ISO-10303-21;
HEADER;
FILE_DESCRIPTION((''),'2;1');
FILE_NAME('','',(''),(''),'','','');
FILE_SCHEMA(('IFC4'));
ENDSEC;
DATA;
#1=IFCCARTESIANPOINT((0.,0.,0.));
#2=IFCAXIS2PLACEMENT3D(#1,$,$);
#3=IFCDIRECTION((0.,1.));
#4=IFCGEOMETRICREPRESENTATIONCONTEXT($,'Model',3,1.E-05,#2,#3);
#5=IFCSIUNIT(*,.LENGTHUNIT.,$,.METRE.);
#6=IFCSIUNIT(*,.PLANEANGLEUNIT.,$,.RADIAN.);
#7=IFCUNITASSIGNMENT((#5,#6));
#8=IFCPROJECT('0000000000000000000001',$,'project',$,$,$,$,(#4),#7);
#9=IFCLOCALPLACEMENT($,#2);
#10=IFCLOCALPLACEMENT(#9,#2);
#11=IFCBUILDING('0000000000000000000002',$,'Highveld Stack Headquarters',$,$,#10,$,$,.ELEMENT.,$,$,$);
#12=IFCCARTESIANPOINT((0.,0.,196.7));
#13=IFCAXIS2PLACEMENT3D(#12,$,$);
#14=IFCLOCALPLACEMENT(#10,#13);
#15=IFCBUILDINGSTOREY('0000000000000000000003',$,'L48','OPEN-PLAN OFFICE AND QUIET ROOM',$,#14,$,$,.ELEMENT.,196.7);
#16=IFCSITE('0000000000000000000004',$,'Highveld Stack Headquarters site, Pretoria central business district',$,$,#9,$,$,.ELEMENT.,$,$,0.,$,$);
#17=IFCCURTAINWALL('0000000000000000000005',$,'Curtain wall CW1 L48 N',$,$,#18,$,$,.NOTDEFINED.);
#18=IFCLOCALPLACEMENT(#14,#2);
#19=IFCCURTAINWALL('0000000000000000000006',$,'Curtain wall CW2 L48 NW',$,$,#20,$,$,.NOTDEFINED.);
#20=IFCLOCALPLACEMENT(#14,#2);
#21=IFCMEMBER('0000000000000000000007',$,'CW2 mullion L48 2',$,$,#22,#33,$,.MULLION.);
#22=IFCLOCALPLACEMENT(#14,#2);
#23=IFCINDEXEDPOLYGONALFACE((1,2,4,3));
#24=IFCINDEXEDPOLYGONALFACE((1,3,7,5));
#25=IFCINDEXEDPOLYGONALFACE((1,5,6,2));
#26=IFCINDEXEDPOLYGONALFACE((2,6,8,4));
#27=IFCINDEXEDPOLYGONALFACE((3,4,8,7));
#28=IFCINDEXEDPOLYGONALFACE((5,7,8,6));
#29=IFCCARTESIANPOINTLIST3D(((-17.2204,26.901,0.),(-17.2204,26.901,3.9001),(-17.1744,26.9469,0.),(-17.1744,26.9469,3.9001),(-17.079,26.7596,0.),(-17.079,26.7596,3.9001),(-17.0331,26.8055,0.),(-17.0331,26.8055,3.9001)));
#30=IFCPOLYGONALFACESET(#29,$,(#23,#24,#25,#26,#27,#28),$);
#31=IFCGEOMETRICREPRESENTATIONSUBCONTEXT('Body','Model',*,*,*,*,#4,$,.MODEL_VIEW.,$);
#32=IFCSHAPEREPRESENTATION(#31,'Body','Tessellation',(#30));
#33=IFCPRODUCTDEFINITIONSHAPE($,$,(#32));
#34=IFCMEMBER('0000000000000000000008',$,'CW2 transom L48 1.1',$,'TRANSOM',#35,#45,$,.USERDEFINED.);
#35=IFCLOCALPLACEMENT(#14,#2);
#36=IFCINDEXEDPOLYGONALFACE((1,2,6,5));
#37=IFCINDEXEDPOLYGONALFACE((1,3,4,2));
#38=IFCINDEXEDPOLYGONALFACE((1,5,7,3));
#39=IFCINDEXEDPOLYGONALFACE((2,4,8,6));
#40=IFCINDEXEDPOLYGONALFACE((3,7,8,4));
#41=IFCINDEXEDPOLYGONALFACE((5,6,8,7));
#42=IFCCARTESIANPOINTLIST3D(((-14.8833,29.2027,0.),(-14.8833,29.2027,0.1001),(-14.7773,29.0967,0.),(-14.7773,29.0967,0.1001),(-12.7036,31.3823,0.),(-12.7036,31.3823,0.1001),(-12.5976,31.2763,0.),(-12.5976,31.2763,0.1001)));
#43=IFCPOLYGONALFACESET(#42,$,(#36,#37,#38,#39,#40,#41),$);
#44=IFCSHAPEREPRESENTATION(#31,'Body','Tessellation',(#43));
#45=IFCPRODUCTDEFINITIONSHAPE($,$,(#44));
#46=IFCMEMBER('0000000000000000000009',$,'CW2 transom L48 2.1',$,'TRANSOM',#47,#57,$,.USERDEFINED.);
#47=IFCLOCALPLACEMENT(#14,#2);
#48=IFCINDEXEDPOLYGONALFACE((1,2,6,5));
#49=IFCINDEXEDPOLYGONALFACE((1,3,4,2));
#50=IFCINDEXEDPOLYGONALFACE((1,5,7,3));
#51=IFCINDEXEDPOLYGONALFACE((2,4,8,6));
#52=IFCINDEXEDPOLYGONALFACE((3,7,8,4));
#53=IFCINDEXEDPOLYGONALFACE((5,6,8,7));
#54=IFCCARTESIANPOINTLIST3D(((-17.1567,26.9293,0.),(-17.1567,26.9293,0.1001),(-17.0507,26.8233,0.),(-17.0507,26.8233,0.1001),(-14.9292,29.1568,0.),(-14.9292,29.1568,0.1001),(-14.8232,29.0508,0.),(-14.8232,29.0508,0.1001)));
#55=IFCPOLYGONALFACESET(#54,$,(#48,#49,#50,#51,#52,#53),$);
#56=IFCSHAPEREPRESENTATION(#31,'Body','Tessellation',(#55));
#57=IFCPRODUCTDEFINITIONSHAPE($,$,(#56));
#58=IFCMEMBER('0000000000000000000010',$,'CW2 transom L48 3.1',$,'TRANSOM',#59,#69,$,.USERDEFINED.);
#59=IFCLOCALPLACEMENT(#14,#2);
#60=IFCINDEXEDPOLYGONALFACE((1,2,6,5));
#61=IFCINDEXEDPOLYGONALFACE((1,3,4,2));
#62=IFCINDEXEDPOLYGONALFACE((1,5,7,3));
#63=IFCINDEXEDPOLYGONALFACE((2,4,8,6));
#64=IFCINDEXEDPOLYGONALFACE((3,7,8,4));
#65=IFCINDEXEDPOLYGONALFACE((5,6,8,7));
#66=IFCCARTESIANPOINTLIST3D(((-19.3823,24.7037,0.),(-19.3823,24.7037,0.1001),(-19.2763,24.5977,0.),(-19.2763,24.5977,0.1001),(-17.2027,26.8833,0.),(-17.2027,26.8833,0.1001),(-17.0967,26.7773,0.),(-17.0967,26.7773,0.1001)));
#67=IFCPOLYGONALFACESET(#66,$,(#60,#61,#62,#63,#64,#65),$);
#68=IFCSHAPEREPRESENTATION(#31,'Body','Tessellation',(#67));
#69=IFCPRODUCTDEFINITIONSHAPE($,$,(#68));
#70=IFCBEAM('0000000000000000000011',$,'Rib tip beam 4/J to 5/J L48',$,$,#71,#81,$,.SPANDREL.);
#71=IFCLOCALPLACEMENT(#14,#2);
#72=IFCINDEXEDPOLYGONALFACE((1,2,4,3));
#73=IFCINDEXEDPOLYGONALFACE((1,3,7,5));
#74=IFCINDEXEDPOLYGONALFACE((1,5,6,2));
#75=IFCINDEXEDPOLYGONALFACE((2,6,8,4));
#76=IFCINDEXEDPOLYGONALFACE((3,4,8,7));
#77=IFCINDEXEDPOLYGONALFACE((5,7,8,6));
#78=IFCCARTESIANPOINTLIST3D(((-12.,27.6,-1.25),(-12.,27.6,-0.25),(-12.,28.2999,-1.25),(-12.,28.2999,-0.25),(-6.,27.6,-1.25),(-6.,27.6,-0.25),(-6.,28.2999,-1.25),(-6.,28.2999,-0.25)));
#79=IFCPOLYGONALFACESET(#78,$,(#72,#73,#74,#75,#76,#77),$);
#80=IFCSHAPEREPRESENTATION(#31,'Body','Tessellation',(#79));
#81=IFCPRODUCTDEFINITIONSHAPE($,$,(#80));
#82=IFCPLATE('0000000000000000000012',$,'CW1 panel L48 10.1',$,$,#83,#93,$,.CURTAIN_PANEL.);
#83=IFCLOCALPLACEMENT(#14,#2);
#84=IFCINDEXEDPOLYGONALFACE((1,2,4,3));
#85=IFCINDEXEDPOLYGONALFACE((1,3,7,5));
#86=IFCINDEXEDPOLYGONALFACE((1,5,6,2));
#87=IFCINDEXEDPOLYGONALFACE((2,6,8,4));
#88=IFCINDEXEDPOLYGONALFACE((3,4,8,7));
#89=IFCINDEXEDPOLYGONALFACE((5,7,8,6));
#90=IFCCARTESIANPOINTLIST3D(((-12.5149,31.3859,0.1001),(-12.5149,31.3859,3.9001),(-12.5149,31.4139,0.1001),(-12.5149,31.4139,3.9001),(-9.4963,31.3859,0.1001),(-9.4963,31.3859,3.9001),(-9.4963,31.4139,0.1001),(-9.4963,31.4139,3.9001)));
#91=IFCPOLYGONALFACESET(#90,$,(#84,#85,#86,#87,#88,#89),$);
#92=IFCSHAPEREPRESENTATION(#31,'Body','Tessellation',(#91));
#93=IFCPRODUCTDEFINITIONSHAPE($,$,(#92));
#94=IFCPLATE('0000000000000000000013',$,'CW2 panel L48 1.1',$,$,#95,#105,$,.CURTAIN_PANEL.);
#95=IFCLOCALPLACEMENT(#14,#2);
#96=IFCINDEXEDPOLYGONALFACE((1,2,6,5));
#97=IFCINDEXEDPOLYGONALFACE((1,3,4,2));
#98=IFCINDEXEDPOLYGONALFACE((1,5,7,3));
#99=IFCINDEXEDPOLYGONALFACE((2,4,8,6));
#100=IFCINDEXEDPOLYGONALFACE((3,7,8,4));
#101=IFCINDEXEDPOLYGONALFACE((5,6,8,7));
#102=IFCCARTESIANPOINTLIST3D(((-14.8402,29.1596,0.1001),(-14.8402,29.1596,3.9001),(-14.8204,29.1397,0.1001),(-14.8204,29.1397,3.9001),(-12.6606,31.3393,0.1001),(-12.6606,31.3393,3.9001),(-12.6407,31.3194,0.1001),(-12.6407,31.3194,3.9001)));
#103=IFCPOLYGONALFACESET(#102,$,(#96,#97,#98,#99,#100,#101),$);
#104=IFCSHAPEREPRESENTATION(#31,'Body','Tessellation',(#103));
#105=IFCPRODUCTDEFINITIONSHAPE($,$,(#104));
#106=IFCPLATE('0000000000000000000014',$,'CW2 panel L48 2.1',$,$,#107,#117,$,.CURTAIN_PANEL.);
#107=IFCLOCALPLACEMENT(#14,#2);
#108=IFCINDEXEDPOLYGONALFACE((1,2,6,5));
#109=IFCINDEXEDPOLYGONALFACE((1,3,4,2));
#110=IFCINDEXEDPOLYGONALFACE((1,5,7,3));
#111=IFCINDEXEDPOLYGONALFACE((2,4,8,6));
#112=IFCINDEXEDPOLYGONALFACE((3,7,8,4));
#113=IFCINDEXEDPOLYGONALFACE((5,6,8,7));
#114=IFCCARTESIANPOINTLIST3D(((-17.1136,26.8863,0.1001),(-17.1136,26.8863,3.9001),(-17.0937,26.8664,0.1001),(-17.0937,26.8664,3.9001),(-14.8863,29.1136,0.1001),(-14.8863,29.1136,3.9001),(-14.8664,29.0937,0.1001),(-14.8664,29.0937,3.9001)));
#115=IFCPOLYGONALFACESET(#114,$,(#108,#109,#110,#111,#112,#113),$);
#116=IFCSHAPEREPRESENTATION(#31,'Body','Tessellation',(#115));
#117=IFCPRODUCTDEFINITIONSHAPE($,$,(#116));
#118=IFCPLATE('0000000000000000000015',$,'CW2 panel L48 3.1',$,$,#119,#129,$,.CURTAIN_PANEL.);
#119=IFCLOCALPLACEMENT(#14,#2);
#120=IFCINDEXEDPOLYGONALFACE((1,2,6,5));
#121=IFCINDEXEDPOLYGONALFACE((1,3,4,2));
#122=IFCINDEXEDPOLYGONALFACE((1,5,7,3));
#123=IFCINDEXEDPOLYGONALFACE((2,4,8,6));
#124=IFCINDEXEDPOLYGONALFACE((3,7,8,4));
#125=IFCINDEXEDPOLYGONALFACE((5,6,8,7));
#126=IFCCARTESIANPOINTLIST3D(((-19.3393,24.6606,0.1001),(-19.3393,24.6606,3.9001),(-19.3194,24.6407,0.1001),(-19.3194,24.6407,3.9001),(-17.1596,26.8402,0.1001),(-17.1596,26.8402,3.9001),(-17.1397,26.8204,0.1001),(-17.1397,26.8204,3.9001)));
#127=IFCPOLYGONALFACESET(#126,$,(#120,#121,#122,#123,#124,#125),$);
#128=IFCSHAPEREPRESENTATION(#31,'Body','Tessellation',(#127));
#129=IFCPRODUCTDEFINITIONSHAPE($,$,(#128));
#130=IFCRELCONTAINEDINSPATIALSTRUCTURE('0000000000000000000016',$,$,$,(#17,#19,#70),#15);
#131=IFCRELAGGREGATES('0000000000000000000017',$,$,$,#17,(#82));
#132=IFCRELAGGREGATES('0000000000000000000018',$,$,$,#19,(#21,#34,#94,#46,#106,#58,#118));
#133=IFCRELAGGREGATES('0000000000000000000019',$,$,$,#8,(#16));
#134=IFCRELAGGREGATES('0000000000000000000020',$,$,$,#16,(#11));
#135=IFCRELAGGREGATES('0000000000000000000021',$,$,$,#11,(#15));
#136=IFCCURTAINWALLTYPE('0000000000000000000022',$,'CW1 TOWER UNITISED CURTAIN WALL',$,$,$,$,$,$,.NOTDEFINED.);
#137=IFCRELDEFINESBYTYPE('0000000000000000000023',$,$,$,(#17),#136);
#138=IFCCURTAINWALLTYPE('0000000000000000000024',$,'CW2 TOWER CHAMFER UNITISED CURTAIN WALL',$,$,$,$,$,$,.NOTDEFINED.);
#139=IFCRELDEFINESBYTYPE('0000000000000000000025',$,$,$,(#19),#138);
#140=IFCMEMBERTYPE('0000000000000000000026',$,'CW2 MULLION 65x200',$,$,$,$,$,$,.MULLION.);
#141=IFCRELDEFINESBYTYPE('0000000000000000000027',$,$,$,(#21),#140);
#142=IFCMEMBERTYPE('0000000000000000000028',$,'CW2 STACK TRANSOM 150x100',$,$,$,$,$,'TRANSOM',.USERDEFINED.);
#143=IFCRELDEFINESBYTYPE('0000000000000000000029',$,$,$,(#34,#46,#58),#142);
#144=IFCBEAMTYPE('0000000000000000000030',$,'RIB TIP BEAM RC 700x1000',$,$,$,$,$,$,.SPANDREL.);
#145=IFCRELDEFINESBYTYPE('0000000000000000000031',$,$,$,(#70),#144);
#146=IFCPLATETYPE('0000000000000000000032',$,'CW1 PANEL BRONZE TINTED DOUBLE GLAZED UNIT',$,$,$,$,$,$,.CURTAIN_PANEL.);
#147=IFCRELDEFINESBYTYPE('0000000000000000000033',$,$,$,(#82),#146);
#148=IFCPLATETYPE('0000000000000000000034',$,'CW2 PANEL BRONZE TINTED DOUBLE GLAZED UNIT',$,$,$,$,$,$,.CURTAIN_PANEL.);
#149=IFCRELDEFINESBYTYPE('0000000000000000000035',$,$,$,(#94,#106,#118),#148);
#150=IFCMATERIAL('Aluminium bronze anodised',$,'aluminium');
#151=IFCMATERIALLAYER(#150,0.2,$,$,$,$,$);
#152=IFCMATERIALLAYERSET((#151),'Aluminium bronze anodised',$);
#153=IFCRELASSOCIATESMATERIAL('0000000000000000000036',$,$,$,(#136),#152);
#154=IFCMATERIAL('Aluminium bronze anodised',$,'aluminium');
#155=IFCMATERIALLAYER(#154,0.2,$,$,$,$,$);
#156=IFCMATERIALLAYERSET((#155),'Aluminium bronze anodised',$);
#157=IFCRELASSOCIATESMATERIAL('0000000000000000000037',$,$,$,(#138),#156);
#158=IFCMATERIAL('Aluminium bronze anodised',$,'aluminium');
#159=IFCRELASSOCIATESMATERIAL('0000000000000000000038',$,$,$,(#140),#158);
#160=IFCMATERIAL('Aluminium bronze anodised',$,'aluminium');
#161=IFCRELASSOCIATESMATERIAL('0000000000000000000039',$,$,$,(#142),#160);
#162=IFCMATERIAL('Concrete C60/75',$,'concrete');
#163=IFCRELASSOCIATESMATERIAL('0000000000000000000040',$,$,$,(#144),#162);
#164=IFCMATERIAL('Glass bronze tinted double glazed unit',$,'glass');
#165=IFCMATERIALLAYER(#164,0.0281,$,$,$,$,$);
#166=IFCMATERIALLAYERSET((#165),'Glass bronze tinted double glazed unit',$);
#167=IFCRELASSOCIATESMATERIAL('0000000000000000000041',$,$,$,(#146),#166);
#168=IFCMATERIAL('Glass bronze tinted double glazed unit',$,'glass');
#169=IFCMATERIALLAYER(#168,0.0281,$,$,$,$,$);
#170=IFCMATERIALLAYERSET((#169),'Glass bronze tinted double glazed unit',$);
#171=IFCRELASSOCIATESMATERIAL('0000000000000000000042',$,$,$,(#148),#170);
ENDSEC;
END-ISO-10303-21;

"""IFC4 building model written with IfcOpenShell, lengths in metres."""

from ifc_helpers import new_model, si_unit, direction, frame, origin, origin_2d, place, context, subcontext, project, spatial, rectangle, extrude, material, layer, layer_set, material_profile, profile_set, type_object, element, aggregate, save


model = new_model("IFC4")

# Units and contexts
model_context = context("Model", 3, precision=1e-05, world=origin(), true_north=direction((0.0, 1.0)))
body_context = subcontext(model_context, "Body", "Model", "MODEL_VIEW")
ifc_project = project(units=[si_unit("LENGTHUNIT", "METRE"), si_unit("PLANEANGLEUNIT", "RADIAN")], contexts=[model_context])

# Site, building, storey
site_placement = place(None, origin())
site = spatial("IfcSite", under=ifc_project, at=site_placement, Name="Highveld Stack Headquarters site, Pretoria central business district", CompositionType="ELEMENT", RefElevation=0.0)
building_placement = place(site_placement, origin())
building = spatial("IfcBuilding", under=site, at=building_placement, Name="Highveld Stack Headquarters", CompositionType="ELEMENT")
storey_placement = place(building_placement, frame((0.0, 0.0, 196.7)))
storey = spatial("IfcBuildingStorey", under=building, at=storey_placement, Name="L48", Description="OPEN-PLAN OFFICE AND QUIET ROOM", CompositionType="ELEMENT", Elevation=196.7)

# Curtain wall
ifc_material_1 = material(Name="Aluminium bronze anodised", Category="aluminium")
ifc_layer_1 = layer(ifc_material_1, 0.2)
ifc_layer_set_1 = layer_set([ifc_layer_1], Name="Aluminium bronze anodised")
curtain_wall_type_1 = type_object("IfcCurtainWallType", Name="CW1 TOWER UNITISED CURTAIN WALL", PredefinedType="NOTDEFINED", material=ifc_layer_set_1)
curtain_wall_1_placement = place(storey_placement, origin())
curtain_wall_1 = element("IfcCurtainWall", 1, at=curtain_wall_1_placement, inside=storey, type_object=curtain_wall_type_1, Name="Curtain wall CW1 L48 N", PredefinedType="NOTDEFINED")

# Curtain wall, members
ifc_material_2 = material(Name="Aluminium bronze anodised", Category="aluminium")
ifc_layer_2 = layer(ifc_material_2, 0.2)
ifc_layer_set_2 = layer_set([ifc_layer_2], Name="Aluminium bronze anodised")
curtain_wall_type_2 = type_object("IfcCurtainWallType", Name="CW2 TOWER CHAMFER UNITISED CURTAIN WALL", PredefinedType="NOTDEFINED", material=ifc_layer_set_2)
curtain_wall_2_placement = place(storey_placement, origin())
curtain_wall_2 = element("IfcCurtainWall", 2, at=curtain_wall_2_placement, inside=storey, type_object=curtain_wall_type_2, Name="Curtain wall CW2 L48 NW", PredefinedType="NOTDEFINED")
ifc_material_3 = material(Name="Aluminium bronze anodised", Category="aluminium")
ifc_material_profile_1 = material_profile(ifc_material_3, rectangle(XDim=0.2, YDim=0.0649, at=origin_2d()), Name="CW2 MULLION 65x200")
ifc_profile_set_1 = profile_set([ifc_material_profile_1], Name="Aluminium bronze anodised")
member_type_1 = type_object("IfcMemberType", Name="CW2 MULLION 65x200", PredefinedType="MULLION", material=ifc_profile_set_1)
member_1_placement = place(storey_placement, frame((-17.1267, 26.8533, 0.0), z_axis=(0.0, 0.0, 1.0), x_axis=(0.707107, -0.707107, 0.0)))
member_1 = element("IfcMember", 3, at=member_1_placement, type_object=member_type_1, Name="CW2 mullion L48 2", PredefinedType="MULLION", context=body_context, shape_type="SweptSolid", body=[
    extrude(rectangle(XDim=0.2, YDim=0.0649, at=origin_2d()), origin(), (0.0, 0.0, 1.0), 3.9001),
])
ifc_material_4 = material(Name="Aluminium bronze anodised", Category="aluminium")
ifc_material_profile_2 = material_profile(ifc_material_4, rectangle(XDim=0.1499, YDim=0.1001, at=origin_2d()), Name="CW2 TRANSOM 150x100")
ifc_profile_set_2 = profile_set([ifc_material_profile_2], Name="Aluminium bronze anodised")
member_type_2 = type_object("IfcMemberType", Name="CW2 STACK TRANSOM 150x100", ElementType="TRANSOM", PredefinedType="USERDEFINED", material=ifc_profile_set_2)
member_2_placement = place(storey_placement, frame((-12.6506, 31.3293, 0.05), z_axis=(-0.707107, -0.707107, 0.0), x_axis=(0.707107, -0.707107, 0.0)))
member_2 = element("IfcMember", 4, at=member_2_placement, type_object=member_type_2, Name="CW2 transom L48 1.1", ObjectType="TRANSOM", PredefinedType="USERDEFINED", context=body_context, shape_type="SweptSolid", body=[
    extrude(rectangle(XDim=0.1499, YDim=0.1001, at=origin_2d()), origin(), (0.0, 0.0, 1.0), 3.0825),
])
member_3_placement = place(storey_placement, frame((-14.8762, 29.1038, 0.05), z_axis=(-0.707107, -0.707107, 0.0), x_axis=(0.707107, -0.707107, 0.0)))
member_3 = element("IfcMember", 5, at=member_3_placement, type_object=member_type_2, Name="CW2 transom L48 2.1", ObjectType="TRANSOM", PredefinedType="USERDEFINED", context=body_context, shape_type="SweptSolid", body=[
    extrude(rectangle(XDim=0.1499, YDim=0.1001, at=origin_2d()), origin(), (0.0, 0.0, 1.0), 3.1501),
])
member_4_placement = place(storey_placement, frame((-17.1497, 26.8303, 0.05), z_axis=(-0.707107, -0.707107, 0.0), x_axis=(0.707107, -0.707107, 0.0)))
member_4 = element("IfcMember", 6, at=member_4_placement, type_object=member_type_2, Name="CW2 transom L48 3.1", ObjectType="TRANSOM", PredefinedType="USERDEFINED", context=body_context, shape_type="SweptSolid", body=[
    extrude(rectangle(XDim=0.1499, YDim=0.1001, at=origin_2d()), origin(), (0.0, 0.0, 1.0), 3.0825),
])

# Beam
ifc_material_5 = material(Name="Concrete C60/75", Category="concrete")
ifc_material_profile_3 = material_profile(ifc_material_5, rectangle(XDim=0.7, YDim=1.0, at=origin_2d()), Name="RC 700x1000")
ifc_profile_set_3 = profile_set([ifc_material_profile_3], Name="Concrete C60/75")
beam_type_1 = type_object("IfcBeamType", Name="RIB TIP BEAM RC 700x1000", PredefinedType="SPANDREL", material=ifc_profile_set_3)
beam_1_placement = place(storey_placement, frame((-12.0, 27.95, -0.75), z_axis=(1.0, 0.0, 0.0), x_axis=(0.0, 1.0, 0.0)))
element("IfcBeam", 7, at=beam_1_placement, inside=storey, type_object=beam_type_1, Name="Rib tip beam 4/J to 5/J L48", PredefinedType="SPANDREL", context=body_context, shape_type="SweptSolid", body=[
    extrude(rectangle(XDim=0.7, YDim=1.0, at=origin_2d()), origin(), (0.0, 0.0, 1.0), 6.0),
])

# Plates
ifc_material_6 = material(Name="Glass bronze tinted double glazed unit", Category="glass")
ifc_layer_3 = layer(ifc_material_6, 0.0281)
ifc_layer_set_3 = layer_set([ifc_layer_3], Name="Glass bronze tinted double glazed unit")
plate_type_1 = type_object("IfcPlateType", Name="CW1 PANEL BRONZE TINTED DOUBLE GLAZED UNIT", PredefinedType="CURTAIN_PANEL", material=ifc_layer_set_3)
plate_1_placement = place(storey_placement, frame((-11.0056, 31.3999, 0.1001), z_axis=(0.0, 0.0, 1.0), x_axis=(-1.0, 0.0, 0.0)))
plate_1 = element("IfcPlate", 8, at=plate_1_placement, type_object=plate_type_1, Name="CW1 panel L48 10.1", PredefinedType="CURTAIN_PANEL", context=body_context, shape_type="SweptSolid", body=[
    extrude(rectangle(XDim=3.0186, YDim=0.0281, at=origin_2d()), origin(), (0.0, 0.0, 1.0), 3.8),
])
aggregate(curtain_wall_1, [plate_1])
ifc_material_7 = material(Name="Glass bronze tinted double glazed unit", Category="glass")
ifc_layer_4 = layer(ifc_material_7, 0.0281)
ifc_layer_set_4 = layer_set([ifc_layer_4], Name="Glass bronze tinted double glazed unit")
plate_type_2 = type_object("IfcPlateType", Name="CW2 PANEL BRONZE TINTED DOUBLE GLAZED UNIT", PredefinedType="CURTAIN_PANEL", material=ifc_layer_set_4)
plate_2_placement = place(storey_placement, frame((-13.7405, 30.2395, 0.1001), z_axis=(0.0, 0.0, 1.0), x_axis=(-0.707107, -0.707107, 0.0)))
plate_2 = element("IfcPlate", 9, at=plate_2_placement, type_object=plate_type_2, Name="CW2 panel L48 1.1", PredefinedType="CURTAIN_PANEL", context=body_context, shape_type="SweptSolid", body=[
    extrude(rectangle(XDim=3.0825, YDim=0.0281, at=origin_2d()), origin(), (0.0, 0.0, 1.0), 3.8),
])
plate_3_placement = place(storey_placement, frame((-15.99, 27.99, 0.1001), z_axis=(0.0, 0.0, 1.0), x_axis=(-0.707107, -0.707107, 0.0)))
plate_3 = element("IfcPlate", 10, at=plate_3_placement, type_object=plate_type_2, Name="CW2 panel L48 2.1", PredefinedType="CURTAIN_PANEL", context=body_context, shape_type="SweptSolid", body=[
    extrude(rectangle(XDim=3.1499, YDim=0.0281, at=origin_2d()), origin(), (0.0, 0.0, 1.0), 3.8),
])
plate_4_placement = place(storey_placement, frame((-18.2395, 25.7405, 0.1001), z_axis=(0.0, 0.0, 1.0), x_axis=(-0.707107, -0.707107, 0.0)))
plate_4 = element("IfcPlate", 11, at=plate_4_placement, type_object=plate_type_2, Name="CW2 panel L48 3.1", PredefinedType="CURTAIN_PANEL", context=body_context, shape_type="SweptSolid", body=[
    extrude(rectangle(XDim=3.0825, YDim=0.0281, at=origin_2d()), origin(), (0.0, 0.0, 1.0), 3.8),
])
aggregate(curtain_wall_2, [member_1, member_2, plate_2, member_3, plate_3, member_4, plate_4])

save(model, "model.ifc")
